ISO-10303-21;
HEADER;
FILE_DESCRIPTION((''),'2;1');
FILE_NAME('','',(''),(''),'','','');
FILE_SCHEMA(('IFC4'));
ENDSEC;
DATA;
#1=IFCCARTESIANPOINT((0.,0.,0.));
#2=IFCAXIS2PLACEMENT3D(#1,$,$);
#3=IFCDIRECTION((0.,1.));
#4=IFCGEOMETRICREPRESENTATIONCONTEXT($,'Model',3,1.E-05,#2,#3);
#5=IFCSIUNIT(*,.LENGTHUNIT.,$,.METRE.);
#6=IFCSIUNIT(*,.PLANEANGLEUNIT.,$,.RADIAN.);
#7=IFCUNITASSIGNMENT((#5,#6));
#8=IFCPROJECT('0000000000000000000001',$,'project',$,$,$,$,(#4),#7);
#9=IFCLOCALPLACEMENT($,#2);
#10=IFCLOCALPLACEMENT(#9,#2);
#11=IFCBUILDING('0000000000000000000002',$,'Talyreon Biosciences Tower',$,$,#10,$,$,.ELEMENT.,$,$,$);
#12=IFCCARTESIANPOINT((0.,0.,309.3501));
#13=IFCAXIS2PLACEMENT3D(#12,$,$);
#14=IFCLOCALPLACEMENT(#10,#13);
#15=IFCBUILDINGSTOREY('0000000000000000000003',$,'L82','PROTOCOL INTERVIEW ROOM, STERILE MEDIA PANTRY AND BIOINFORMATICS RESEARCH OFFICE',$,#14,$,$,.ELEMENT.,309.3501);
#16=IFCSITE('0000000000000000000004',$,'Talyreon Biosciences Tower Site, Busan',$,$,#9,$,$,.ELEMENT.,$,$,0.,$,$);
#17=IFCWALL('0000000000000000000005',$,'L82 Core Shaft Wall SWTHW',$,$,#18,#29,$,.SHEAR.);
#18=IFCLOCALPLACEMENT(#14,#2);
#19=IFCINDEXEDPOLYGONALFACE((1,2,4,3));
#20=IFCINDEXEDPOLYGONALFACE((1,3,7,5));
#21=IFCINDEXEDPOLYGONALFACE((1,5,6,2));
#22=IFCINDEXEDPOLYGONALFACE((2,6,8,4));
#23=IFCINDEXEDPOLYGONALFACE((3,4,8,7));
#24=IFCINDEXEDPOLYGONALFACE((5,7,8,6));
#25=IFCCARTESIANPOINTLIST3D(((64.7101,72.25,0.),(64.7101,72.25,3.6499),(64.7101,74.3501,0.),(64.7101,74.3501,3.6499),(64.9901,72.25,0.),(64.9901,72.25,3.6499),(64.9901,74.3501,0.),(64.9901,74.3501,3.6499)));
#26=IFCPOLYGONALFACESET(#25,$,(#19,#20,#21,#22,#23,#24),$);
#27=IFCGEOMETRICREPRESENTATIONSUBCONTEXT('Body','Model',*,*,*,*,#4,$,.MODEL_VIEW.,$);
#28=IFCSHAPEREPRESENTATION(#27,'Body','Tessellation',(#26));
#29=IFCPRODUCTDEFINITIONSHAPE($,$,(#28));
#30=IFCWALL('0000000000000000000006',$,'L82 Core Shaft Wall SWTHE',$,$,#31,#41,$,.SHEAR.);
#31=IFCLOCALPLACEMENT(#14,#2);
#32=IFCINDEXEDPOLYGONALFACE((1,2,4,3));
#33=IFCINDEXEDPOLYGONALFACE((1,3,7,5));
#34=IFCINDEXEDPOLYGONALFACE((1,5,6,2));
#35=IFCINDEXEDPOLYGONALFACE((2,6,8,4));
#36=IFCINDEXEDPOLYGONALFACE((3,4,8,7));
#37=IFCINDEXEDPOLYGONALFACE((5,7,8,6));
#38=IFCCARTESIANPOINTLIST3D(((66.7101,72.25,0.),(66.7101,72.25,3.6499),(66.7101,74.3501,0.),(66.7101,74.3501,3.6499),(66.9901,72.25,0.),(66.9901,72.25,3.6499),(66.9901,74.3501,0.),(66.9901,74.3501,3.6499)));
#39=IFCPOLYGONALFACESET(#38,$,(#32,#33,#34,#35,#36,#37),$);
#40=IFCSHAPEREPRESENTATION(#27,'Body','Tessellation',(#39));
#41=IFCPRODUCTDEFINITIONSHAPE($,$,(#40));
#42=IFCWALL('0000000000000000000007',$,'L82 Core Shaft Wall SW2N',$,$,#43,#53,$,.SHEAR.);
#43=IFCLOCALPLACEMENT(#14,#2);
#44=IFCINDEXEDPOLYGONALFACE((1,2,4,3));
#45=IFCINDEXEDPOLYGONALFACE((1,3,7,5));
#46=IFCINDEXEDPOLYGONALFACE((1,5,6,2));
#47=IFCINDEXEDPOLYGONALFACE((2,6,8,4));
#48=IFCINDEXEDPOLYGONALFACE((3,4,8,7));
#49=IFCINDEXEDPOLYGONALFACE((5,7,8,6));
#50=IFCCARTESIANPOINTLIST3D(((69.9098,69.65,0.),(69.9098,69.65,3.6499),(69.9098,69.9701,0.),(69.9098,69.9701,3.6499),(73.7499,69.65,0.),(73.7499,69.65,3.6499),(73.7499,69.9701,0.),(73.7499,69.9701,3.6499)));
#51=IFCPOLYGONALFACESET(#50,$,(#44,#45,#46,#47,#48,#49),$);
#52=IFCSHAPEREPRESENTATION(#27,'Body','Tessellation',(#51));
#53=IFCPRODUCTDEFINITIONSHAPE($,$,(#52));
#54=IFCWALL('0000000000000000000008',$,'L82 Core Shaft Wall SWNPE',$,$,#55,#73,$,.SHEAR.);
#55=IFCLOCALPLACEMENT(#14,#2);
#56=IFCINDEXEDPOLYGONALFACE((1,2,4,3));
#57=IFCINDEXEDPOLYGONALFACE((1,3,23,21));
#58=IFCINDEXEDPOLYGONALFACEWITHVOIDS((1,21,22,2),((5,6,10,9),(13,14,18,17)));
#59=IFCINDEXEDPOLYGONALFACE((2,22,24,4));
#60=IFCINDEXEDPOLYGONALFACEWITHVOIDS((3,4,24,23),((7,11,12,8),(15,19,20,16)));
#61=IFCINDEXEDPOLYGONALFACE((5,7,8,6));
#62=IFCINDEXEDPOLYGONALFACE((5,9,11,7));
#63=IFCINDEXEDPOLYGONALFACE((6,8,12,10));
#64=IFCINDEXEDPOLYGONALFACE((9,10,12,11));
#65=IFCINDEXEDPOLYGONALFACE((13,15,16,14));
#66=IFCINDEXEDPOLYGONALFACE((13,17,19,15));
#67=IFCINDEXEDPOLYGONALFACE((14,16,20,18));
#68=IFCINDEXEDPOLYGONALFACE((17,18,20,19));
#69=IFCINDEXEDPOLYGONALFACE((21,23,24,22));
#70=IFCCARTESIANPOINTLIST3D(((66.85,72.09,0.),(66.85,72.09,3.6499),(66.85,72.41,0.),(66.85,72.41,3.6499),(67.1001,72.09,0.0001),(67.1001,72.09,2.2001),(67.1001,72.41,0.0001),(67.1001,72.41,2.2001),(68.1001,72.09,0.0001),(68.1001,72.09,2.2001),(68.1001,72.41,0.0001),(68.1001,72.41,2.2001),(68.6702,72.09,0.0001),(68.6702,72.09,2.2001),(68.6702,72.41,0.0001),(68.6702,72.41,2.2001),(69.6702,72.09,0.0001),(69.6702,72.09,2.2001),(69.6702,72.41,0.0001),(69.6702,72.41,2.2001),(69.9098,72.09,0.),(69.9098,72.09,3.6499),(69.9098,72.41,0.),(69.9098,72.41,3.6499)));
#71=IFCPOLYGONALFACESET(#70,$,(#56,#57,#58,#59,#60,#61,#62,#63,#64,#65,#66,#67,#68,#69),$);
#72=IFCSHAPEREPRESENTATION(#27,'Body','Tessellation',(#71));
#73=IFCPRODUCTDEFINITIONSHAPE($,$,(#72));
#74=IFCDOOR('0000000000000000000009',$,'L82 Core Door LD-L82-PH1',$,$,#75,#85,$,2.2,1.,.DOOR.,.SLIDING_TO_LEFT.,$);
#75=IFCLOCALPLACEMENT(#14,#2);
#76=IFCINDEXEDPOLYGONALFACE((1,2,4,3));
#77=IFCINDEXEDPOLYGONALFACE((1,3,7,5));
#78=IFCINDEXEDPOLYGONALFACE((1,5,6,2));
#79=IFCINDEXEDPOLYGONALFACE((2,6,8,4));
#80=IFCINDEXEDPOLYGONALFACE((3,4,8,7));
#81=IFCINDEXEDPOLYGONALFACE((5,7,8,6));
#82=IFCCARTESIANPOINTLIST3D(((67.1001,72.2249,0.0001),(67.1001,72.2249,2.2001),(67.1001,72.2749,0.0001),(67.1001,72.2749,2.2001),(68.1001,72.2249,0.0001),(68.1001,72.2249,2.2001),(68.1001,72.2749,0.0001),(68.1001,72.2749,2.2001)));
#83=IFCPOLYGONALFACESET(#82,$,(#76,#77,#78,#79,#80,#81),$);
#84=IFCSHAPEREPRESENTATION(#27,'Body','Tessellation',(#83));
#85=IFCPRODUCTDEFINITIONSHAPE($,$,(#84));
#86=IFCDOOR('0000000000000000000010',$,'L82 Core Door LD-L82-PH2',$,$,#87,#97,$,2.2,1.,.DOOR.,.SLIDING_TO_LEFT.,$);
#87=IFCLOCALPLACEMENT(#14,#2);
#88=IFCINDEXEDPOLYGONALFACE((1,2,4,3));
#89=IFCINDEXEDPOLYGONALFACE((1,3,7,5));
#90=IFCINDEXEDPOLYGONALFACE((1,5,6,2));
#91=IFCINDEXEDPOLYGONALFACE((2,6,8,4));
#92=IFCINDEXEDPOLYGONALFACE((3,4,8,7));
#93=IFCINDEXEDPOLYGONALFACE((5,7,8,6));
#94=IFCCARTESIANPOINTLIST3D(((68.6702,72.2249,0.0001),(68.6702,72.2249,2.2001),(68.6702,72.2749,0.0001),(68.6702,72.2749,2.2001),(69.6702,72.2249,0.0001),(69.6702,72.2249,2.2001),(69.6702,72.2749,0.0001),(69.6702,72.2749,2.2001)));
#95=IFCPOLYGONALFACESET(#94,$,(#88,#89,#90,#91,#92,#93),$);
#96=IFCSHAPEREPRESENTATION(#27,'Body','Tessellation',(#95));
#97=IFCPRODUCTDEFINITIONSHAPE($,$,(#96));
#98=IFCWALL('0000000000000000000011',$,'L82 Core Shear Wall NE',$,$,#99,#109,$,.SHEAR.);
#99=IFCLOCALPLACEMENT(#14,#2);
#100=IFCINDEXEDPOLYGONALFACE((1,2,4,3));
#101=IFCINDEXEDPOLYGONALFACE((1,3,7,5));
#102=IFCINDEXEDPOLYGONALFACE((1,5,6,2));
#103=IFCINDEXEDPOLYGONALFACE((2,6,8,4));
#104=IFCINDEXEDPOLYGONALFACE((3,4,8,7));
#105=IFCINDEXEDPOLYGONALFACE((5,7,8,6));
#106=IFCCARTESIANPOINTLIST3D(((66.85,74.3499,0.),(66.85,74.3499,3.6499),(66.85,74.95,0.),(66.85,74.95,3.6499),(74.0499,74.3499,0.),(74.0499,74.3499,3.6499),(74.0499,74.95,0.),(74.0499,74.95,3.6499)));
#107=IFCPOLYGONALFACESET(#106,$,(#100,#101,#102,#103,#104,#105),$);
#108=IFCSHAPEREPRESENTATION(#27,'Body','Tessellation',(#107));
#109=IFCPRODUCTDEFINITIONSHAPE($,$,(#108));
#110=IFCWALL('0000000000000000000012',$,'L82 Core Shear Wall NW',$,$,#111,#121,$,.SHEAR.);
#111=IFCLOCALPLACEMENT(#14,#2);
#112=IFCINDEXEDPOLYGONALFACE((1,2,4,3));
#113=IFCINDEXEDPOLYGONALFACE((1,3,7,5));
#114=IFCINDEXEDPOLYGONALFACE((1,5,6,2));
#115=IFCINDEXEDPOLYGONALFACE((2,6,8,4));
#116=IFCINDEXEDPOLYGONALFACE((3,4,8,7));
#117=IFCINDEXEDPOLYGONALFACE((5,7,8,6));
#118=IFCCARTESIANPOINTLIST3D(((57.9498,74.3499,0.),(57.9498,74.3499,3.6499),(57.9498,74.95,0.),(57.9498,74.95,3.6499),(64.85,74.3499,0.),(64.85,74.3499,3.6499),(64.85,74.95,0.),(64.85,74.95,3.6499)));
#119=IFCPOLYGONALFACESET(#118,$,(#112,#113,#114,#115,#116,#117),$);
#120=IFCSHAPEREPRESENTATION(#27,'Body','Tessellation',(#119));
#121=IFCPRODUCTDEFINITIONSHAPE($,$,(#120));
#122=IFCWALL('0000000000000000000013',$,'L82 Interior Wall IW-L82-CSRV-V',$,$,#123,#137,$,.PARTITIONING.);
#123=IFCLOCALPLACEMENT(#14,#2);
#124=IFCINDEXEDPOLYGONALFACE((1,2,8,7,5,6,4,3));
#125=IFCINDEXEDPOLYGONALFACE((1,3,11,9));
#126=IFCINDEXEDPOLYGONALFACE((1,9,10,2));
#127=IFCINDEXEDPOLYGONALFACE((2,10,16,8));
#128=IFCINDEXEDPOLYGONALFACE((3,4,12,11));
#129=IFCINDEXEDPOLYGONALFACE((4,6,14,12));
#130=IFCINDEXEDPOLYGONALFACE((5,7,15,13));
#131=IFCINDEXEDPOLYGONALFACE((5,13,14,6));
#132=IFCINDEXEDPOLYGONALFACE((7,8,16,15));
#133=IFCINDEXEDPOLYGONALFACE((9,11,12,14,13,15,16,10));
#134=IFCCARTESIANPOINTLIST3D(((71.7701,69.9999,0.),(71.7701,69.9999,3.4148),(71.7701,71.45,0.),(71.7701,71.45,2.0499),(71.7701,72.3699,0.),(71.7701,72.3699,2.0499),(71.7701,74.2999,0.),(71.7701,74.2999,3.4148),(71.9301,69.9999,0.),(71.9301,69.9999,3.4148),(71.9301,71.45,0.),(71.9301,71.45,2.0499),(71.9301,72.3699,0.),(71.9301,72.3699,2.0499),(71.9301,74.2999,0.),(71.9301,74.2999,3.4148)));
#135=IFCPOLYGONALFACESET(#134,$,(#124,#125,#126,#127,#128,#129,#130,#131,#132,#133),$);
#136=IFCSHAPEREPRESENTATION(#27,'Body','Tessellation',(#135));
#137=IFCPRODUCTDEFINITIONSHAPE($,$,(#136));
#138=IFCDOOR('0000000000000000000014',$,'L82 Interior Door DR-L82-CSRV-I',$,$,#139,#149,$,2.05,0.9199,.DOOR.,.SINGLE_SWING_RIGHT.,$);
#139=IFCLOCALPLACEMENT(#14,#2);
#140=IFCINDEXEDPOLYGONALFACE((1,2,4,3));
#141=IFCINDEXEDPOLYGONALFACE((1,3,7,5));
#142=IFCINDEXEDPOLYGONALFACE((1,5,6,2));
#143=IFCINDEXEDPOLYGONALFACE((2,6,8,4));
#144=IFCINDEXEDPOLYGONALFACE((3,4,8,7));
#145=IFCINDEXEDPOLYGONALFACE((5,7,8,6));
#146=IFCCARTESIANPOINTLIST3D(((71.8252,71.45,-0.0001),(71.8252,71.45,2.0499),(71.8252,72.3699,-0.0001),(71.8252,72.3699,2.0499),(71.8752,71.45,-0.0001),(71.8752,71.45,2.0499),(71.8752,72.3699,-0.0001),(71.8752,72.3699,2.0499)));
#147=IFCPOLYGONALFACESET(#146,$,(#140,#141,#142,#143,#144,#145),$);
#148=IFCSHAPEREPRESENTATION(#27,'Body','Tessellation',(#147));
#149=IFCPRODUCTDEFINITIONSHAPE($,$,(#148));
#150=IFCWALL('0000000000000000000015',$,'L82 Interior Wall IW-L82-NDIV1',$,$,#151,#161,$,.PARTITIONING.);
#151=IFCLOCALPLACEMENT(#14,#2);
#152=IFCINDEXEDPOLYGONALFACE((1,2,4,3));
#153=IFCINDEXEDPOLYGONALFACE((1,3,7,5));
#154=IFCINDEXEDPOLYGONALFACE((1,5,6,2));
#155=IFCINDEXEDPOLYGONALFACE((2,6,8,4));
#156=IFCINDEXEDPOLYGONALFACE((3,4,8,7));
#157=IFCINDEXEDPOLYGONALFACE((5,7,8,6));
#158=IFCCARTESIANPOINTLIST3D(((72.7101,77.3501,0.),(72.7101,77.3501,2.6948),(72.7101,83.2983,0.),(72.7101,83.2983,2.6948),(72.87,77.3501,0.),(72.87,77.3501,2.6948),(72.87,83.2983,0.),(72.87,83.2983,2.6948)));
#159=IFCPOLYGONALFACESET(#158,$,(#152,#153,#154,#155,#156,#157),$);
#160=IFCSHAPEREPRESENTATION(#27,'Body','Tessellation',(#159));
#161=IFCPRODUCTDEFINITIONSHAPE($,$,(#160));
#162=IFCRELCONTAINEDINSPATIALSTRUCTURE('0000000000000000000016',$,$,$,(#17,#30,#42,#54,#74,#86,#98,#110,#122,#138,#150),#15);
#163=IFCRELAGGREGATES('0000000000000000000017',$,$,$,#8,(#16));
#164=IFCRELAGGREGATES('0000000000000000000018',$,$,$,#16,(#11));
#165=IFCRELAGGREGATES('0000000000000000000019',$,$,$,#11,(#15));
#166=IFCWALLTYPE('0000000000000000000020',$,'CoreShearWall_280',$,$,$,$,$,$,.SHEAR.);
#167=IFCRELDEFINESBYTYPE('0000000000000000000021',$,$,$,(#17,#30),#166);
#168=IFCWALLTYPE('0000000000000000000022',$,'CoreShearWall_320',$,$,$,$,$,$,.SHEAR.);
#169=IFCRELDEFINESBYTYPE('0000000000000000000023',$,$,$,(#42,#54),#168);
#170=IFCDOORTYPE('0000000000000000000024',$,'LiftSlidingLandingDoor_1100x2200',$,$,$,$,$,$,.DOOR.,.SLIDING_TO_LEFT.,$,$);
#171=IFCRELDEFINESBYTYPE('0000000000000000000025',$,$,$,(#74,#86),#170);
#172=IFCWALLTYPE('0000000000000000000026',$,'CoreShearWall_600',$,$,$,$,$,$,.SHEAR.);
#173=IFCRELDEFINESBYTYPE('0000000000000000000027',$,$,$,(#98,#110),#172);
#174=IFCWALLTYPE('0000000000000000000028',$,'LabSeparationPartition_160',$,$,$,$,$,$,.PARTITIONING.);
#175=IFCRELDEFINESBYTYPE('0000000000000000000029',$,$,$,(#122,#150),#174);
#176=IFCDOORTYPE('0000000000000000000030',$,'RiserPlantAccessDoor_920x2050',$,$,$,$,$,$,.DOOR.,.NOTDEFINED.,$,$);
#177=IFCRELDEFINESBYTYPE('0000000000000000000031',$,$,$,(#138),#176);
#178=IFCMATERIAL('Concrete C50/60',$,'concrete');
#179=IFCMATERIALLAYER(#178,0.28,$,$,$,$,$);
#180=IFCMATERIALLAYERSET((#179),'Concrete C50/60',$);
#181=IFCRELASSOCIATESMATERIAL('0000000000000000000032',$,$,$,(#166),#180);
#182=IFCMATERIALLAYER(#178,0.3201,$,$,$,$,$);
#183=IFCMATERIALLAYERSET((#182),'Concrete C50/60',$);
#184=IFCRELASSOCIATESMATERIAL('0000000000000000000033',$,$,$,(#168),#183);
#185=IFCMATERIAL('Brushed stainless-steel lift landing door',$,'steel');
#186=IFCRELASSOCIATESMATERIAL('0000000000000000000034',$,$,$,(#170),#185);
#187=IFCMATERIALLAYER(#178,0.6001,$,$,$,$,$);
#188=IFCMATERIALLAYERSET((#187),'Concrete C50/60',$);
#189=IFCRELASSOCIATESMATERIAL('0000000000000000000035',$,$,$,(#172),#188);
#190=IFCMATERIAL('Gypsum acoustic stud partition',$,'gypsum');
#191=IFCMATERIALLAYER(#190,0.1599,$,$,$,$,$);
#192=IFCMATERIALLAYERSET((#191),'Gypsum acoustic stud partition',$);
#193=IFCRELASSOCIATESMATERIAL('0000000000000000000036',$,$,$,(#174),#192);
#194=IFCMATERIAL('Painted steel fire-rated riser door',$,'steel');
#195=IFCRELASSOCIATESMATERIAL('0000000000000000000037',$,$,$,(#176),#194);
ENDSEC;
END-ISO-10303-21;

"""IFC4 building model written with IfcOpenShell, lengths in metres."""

from ifc_helpers import new_model, si_unit, direction, frame, frame_2d, origin, place, context, subcontext, project, spatial, rectangle, extrude, material, layer, layer_set, type_object, element, fill, save


model = new_model("IFC4")

# Units and contexts
model_context = context("Model", 3, precision=1e-05, world=origin(), true_north=direction((0.0, 1.0)))
body_context = subcontext(model_context, "Body", "Model", "MODEL_VIEW")
ifc_project = project(units=[si_unit("LENGTHUNIT", "METRE"), si_unit("PLANEANGLEUNIT", "RADIAN")], contexts=[model_context])

# Site, building, storey
site_placement = place(None, origin())
site = spatial("IfcSite", under=ifc_project, at=site_placement, Name="Talyreon Biosciences Tower Site, Busan", CompositionType="ELEMENT", RefElevation=0.0)
building_placement = place(site_placement, origin())
building = spatial("IfcBuilding", under=site, at=building_placement, Name="Talyreon Biosciences Tower", CompositionType="ELEMENT")
storey_placement = place(building_placement, frame((0.0, 0.0, 309.3501)))
storey = spatial("IfcBuildingStorey", under=building, at=storey_placement, Name="L82", Description="PROTOCOL INTERVIEW ROOM, STERILE MEDIA PANTRY AND BIOINFORMATICS RESEARCH OFFICE", CompositionType="ELEMENT", Elevation=309.3501)

# Shared definitions
ifc_material_1 = material(Name="Concrete C50/60", Category="concrete")

# Walls
ifc_layer_1 = layer(ifc_material_1, 0.28)
ifc_layer_set_1 = layer_set([ifc_layer_1], Name="Concrete C50/60")
wall_type_1 = type_object("IfcWallType", Name="CoreShearWall_280", PredefinedType="SHEAR", material=ifc_layer_set_1)
for number, where, z_axis, x_axis, name in (
    (1, (64.8501, 72.25, 0.0), (0.0, 0.0, 1.0), (0.0, 1.0, 0.0), "L82 Core Shaft Wall SWTHW"),
    (2, (66.8501, 72.25, 0.0), (0.0, 0.0, 1.0), (0.0, 1.0, 0.0), "L82 Core Shaft Wall SWTHE"),
):
    element("IfcWall", number, at=place(storey_placement, frame(where, z_axis=z_axis, x_axis=x_axis)), inside=storey, type_object=wall_type_1, Name=name, PredefinedType="SHEAR", context=body_context, shape_type="SweptSolid", body=[
        extrude(rectangle(XDim=2.1001, YDim=0.28, at=frame_2d((1.05, 0.0))), origin(), (0.0, 0.0, 1.0), 3.6499),
    ])
ifc_layer_2 = layer(ifc_material_1, 0.3201)
ifc_layer_set_2 = layer_set([ifc_layer_2], Name="Concrete C50/60")
wall_type_2 = type_object("IfcWallType", Name="CoreShearWall_320", PredefinedType="SHEAR", material=ifc_layer_set_2)
wall_1_placement = place(storey_placement, frame((69.9099, 69.8101, 0.0), z_axis=(0.0, 0.0, 1.0), x_axis=(1.0, 0.0, 0.0)))
element("IfcWall", 3, at=wall_1_placement, inside=storey, type_object=wall_type_2, Name="L82 Core Shaft Wall SW2N", PredefinedType="SHEAR", context=body_context, shape_type="SweptSolid", body=[
    extrude(rectangle(XDim=3.8401, YDim=0.3201, at=frame_2d((1.9199, 0.0))), origin(), (0.0, 0.0, 1.0), 3.6499),
])

# Wall, openings, doors
wall_2_placement = place(storey_placement, frame((66.8501, 72.25, 0.0), z_axis=(0.0, 0.0, 1.0), x_axis=(1.0, 0.0, 0.0)))
wall_2 = element("IfcWall", 4, at=wall_2_placement, inside=storey, type_object=wall_type_2, Name="L82 Core Shaft Wall SWNPE", PredefinedType="SHEAR", context=body_context, shape_type="SweptSolid", body=[
    extrude(rectangle(XDim=3.0598, YDim=0.3201, at=frame_2d((1.5298, 0.0))), origin(), (0.0, 0.0, 1.0), 3.6499),
])
opening_1_placement = place(wall_2_placement, frame((0.25, 0.0, 0.0)))
opening_1 = element("IfcOpeningElement", 5, at=opening_1_placement, cuts=wall_2, PredefinedType="OPENING", context=body_context, shape_type="SweptSolid", body=[
    extrude(rectangle(XDim=1.0, YDim=2.2, at=frame_2d((0.5, 1.1001))), frame((0.0, 0.1699, 0.0), z_axis=(0.0, -1.0, 0.0), x_axis=(1.0, 0.0, 0.0)), (0.0, 0.0, 1.0), 0.3401),
])
opening_2_placement = place(wall_2_placement, frame((1.8201, 0.0, 0.0)))
opening_2 = element("IfcOpeningElement", 6, at=opening_2_placement, cuts=wall_2, PredefinedType="OPENING", context=body_context, shape_type="SweptSolid", body=[
    extrude(rectangle(XDim=1.0, YDim=2.2, at=frame_2d((0.5, 1.1001))), frame((0.0, 0.1699, 0.0), z_axis=(0.0, -1.0, 0.0), x_axis=(1.0, 0.0, 0.0)), (0.0, 0.0, 1.0), 0.3401),
])
ifc_material_2 = material(Name="Brushed stainless-steel lift landing door", Category="steel")
door_type_1 = type_object("IfcDoorType", Name="LiftSlidingLandingDoor_1100x2200", OperationType="SLIDING_TO_LEFT", PredefinedType="DOOR", material=ifc_material_2)
door_1_placement = place(opening_1_placement, origin())
door_1 = element("IfcDoor", 7, at=door_1_placement, inside=storey, type_object=door_type_1, Name="L82 Core Door LD-L82-PH1", OperationType="SLIDING_TO_LEFT", OverallHeight=2.2, OverallWidth=1.0, PredefinedType="DOOR", context=body_context, shape_type="SweptSolid", body=[
    extrude(rectangle(XDim=1.0, YDim=2.2, at=frame_2d((0.5, 1.1001))), frame((0.0, 0.0249, 0.0), z_axis=(0.0, -1.0, 0.0), x_axis=(1.0, 0.0, 0.0)), (0.0, 0.0, 1.0), 0.05),
])
fill(opening_1, door_1)
door_2_placement = place(opening_2_placement, origin())
door_2 = element("IfcDoor", 8, at=door_2_placement, inside=storey, type_object=door_type_1, Name="L82 Core Door LD-L82-PH2", OperationType="SLIDING_TO_LEFT", OverallHeight=2.2, OverallWidth=1.0, PredefinedType="DOOR", context=body_context, shape_type="SweptSolid", body=[
    extrude(rectangle(XDim=1.0, YDim=2.2, at=frame_2d((0.5, 1.1001))), frame((0.0, 0.0249, 0.0), z_axis=(0.0, -1.0, 0.0), x_axis=(1.0, 0.0, 0.0)), (0.0, 0.0, 1.0), 0.05),
])
fill(opening_2, door_2)

# Walls
ifc_layer_3 = layer(ifc_material_1, 0.6001)
ifc_layer_set_3 = layer_set([ifc_layer_3], Name="Concrete C50/60")
wall_type_3 = type_object("IfcWallType", Name="CoreShearWall_600", PredefinedType="SHEAR", material=ifc_layer_set_3)
wall_3_placement = place(storey_placement, frame((74.05, 74.6499, 0.0), z_axis=(0.0, 0.0, 1.0), x_axis=(-1.0, 0.0, 0.0)))
element("IfcWall", 9, at=wall_3_placement, inside=storey, type_object=wall_type_3, Name="L82 Core Shear Wall NE", PredefinedType="SHEAR", context=body_context, shape_type="SweptSolid", body=[
    extrude(rectangle(XDim=7.2, YDim=0.6001, at=frame_2d((3.6001, 0.0))), origin(), (0.0, 0.0, 1.0), 3.6499),
])
wall_4_placement = place(storey_placement, frame((64.8501, 74.6499, 0.0), z_axis=(0.0, 0.0, 1.0), x_axis=(-1.0, 0.0, 0.0)))
element("IfcWall", 10, at=wall_4_placement, inside=storey, type_object=wall_type_3, Name="L82 Core Shear Wall NW", PredefinedType="SHEAR", context=body_context, shape_type="SweptSolid", body=[
    extrude(rectangle(XDim=6.9001, YDim=0.6001, at=frame_2d((3.4502, 0.0))), origin(), (0.0, 0.0, 1.0), 3.6499),
])

# Wall, opening, door
ifc_material_3 = material(Name="Gypsum acoustic stud partition", Category="gypsum")
ifc_layer_4 = layer(ifc_material_3, 0.1599)
ifc_layer_set_4 = layer_set([ifc_layer_4], Name="Gypsum acoustic stud partition")
wall_type_4 = type_object("IfcWallType", Name="LabSeparationPartition_160", PredefinedType="PARTITIONING", material=ifc_layer_set_4)
wall_5_placement = place(storey_placement, frame((71.8501, 70.0, 0.0), z_axis=(0.0, 0.0, 1.0), x_axis=(0.0, 1.0, 0.0)))
wall_5 = element("IfcWall", 11, at=wall_5_placement, inside=storey, type_object=wall_type_4, Name="L82 Interior Wall IW-L82-CSRV-V", PredefinedType="PARTITIONING", context=body_context, shape_type="SweptSolid", body=[
    extrude(rectangle(XDim=4.3, YDim=0.1599, at=frame_2d((2.1499, 0.0))), origin(), (0.0, 0.0, 1.0), 3.4148),
])
opening_3_placement = place(wall_5_placement, frame((1.45, 0.0, 0.0)))
opening_3 = element("IfcOpeningElement", 12, at=opening_3_placement, cuts=wall_5, PredefinedType="OPENING", context=body_context, shape_type="SweptSolid", body=[
    extrude(rectangle(XDim=0.9199, YDim=2.05, at=frame_2d((0.46, 1.0249))), frame((0.0, 0.0898, 0.0), z_axis=(0.0, -1.0, 0.0), x_axis=(1.0, 0.0, 0.0)), (0.0, 0.0, 1.0), 0.1799),
])
ifc_material_4 = material(Name="Painted steel fire-rated riser door", Category="steel")
door_type_2 = type_object("IfcDoorType", Name="RiserPlantAccessDoor_920x2050", OperationType="NOTDEFINED", PredefinedType="DOOR", material=ifc_material_4)
door_3_placement = place(opening_3_placement, origin())
door_3 = element("IfcDoor", 13, at=door_3_placement, inside=storey, type_object=door_type_2, Name="L82 Interior Door DR-L82-CSRV-I", OperationType="SINGLE_SWING_RIGHT", OverallHeight=2.05, OverallWidth=0.9199, PredefinedType="DOOR", context=body_context, shape_type="SweptSolid", body=[
    extrude(rectangle(XDim=0.9199, YDim=2.05, at=frame_2d((0.46, 1.0249))), frame((0.0, 0.0249, 0.0), z_axis=(0.0, -1.0, 0.0), x_axis=(1.0, 0.0, 0.0)), (0.0, 0.0, 1.0), 0.05),
])
fill(opening_3, door_3)

# Wall
wall_6_placement = place(storey_placement, frame((72.79, 77.3501, 0.0), z_axis=(0.0, 0.0, 1.0), x_axis=(0.0, 1.0, 0.0)))
element("IfcWall", 14, at=wall_6_placement, inside=storey, type_object=wall_type_4, Name="L82 Interior Wall IW-L82-NDIV1", PredefinedType="PARTITIONING", context=body_context, shape_type="SweptSolid", body=[
    extrude(rectangle(XDim=5.9482, YDim=0.1599, at=frame_2d((2.9741, 0.0))), origin(), (0.0, 0.0, 1.0), 2.6948),
])

save(model, "model.ifc")
